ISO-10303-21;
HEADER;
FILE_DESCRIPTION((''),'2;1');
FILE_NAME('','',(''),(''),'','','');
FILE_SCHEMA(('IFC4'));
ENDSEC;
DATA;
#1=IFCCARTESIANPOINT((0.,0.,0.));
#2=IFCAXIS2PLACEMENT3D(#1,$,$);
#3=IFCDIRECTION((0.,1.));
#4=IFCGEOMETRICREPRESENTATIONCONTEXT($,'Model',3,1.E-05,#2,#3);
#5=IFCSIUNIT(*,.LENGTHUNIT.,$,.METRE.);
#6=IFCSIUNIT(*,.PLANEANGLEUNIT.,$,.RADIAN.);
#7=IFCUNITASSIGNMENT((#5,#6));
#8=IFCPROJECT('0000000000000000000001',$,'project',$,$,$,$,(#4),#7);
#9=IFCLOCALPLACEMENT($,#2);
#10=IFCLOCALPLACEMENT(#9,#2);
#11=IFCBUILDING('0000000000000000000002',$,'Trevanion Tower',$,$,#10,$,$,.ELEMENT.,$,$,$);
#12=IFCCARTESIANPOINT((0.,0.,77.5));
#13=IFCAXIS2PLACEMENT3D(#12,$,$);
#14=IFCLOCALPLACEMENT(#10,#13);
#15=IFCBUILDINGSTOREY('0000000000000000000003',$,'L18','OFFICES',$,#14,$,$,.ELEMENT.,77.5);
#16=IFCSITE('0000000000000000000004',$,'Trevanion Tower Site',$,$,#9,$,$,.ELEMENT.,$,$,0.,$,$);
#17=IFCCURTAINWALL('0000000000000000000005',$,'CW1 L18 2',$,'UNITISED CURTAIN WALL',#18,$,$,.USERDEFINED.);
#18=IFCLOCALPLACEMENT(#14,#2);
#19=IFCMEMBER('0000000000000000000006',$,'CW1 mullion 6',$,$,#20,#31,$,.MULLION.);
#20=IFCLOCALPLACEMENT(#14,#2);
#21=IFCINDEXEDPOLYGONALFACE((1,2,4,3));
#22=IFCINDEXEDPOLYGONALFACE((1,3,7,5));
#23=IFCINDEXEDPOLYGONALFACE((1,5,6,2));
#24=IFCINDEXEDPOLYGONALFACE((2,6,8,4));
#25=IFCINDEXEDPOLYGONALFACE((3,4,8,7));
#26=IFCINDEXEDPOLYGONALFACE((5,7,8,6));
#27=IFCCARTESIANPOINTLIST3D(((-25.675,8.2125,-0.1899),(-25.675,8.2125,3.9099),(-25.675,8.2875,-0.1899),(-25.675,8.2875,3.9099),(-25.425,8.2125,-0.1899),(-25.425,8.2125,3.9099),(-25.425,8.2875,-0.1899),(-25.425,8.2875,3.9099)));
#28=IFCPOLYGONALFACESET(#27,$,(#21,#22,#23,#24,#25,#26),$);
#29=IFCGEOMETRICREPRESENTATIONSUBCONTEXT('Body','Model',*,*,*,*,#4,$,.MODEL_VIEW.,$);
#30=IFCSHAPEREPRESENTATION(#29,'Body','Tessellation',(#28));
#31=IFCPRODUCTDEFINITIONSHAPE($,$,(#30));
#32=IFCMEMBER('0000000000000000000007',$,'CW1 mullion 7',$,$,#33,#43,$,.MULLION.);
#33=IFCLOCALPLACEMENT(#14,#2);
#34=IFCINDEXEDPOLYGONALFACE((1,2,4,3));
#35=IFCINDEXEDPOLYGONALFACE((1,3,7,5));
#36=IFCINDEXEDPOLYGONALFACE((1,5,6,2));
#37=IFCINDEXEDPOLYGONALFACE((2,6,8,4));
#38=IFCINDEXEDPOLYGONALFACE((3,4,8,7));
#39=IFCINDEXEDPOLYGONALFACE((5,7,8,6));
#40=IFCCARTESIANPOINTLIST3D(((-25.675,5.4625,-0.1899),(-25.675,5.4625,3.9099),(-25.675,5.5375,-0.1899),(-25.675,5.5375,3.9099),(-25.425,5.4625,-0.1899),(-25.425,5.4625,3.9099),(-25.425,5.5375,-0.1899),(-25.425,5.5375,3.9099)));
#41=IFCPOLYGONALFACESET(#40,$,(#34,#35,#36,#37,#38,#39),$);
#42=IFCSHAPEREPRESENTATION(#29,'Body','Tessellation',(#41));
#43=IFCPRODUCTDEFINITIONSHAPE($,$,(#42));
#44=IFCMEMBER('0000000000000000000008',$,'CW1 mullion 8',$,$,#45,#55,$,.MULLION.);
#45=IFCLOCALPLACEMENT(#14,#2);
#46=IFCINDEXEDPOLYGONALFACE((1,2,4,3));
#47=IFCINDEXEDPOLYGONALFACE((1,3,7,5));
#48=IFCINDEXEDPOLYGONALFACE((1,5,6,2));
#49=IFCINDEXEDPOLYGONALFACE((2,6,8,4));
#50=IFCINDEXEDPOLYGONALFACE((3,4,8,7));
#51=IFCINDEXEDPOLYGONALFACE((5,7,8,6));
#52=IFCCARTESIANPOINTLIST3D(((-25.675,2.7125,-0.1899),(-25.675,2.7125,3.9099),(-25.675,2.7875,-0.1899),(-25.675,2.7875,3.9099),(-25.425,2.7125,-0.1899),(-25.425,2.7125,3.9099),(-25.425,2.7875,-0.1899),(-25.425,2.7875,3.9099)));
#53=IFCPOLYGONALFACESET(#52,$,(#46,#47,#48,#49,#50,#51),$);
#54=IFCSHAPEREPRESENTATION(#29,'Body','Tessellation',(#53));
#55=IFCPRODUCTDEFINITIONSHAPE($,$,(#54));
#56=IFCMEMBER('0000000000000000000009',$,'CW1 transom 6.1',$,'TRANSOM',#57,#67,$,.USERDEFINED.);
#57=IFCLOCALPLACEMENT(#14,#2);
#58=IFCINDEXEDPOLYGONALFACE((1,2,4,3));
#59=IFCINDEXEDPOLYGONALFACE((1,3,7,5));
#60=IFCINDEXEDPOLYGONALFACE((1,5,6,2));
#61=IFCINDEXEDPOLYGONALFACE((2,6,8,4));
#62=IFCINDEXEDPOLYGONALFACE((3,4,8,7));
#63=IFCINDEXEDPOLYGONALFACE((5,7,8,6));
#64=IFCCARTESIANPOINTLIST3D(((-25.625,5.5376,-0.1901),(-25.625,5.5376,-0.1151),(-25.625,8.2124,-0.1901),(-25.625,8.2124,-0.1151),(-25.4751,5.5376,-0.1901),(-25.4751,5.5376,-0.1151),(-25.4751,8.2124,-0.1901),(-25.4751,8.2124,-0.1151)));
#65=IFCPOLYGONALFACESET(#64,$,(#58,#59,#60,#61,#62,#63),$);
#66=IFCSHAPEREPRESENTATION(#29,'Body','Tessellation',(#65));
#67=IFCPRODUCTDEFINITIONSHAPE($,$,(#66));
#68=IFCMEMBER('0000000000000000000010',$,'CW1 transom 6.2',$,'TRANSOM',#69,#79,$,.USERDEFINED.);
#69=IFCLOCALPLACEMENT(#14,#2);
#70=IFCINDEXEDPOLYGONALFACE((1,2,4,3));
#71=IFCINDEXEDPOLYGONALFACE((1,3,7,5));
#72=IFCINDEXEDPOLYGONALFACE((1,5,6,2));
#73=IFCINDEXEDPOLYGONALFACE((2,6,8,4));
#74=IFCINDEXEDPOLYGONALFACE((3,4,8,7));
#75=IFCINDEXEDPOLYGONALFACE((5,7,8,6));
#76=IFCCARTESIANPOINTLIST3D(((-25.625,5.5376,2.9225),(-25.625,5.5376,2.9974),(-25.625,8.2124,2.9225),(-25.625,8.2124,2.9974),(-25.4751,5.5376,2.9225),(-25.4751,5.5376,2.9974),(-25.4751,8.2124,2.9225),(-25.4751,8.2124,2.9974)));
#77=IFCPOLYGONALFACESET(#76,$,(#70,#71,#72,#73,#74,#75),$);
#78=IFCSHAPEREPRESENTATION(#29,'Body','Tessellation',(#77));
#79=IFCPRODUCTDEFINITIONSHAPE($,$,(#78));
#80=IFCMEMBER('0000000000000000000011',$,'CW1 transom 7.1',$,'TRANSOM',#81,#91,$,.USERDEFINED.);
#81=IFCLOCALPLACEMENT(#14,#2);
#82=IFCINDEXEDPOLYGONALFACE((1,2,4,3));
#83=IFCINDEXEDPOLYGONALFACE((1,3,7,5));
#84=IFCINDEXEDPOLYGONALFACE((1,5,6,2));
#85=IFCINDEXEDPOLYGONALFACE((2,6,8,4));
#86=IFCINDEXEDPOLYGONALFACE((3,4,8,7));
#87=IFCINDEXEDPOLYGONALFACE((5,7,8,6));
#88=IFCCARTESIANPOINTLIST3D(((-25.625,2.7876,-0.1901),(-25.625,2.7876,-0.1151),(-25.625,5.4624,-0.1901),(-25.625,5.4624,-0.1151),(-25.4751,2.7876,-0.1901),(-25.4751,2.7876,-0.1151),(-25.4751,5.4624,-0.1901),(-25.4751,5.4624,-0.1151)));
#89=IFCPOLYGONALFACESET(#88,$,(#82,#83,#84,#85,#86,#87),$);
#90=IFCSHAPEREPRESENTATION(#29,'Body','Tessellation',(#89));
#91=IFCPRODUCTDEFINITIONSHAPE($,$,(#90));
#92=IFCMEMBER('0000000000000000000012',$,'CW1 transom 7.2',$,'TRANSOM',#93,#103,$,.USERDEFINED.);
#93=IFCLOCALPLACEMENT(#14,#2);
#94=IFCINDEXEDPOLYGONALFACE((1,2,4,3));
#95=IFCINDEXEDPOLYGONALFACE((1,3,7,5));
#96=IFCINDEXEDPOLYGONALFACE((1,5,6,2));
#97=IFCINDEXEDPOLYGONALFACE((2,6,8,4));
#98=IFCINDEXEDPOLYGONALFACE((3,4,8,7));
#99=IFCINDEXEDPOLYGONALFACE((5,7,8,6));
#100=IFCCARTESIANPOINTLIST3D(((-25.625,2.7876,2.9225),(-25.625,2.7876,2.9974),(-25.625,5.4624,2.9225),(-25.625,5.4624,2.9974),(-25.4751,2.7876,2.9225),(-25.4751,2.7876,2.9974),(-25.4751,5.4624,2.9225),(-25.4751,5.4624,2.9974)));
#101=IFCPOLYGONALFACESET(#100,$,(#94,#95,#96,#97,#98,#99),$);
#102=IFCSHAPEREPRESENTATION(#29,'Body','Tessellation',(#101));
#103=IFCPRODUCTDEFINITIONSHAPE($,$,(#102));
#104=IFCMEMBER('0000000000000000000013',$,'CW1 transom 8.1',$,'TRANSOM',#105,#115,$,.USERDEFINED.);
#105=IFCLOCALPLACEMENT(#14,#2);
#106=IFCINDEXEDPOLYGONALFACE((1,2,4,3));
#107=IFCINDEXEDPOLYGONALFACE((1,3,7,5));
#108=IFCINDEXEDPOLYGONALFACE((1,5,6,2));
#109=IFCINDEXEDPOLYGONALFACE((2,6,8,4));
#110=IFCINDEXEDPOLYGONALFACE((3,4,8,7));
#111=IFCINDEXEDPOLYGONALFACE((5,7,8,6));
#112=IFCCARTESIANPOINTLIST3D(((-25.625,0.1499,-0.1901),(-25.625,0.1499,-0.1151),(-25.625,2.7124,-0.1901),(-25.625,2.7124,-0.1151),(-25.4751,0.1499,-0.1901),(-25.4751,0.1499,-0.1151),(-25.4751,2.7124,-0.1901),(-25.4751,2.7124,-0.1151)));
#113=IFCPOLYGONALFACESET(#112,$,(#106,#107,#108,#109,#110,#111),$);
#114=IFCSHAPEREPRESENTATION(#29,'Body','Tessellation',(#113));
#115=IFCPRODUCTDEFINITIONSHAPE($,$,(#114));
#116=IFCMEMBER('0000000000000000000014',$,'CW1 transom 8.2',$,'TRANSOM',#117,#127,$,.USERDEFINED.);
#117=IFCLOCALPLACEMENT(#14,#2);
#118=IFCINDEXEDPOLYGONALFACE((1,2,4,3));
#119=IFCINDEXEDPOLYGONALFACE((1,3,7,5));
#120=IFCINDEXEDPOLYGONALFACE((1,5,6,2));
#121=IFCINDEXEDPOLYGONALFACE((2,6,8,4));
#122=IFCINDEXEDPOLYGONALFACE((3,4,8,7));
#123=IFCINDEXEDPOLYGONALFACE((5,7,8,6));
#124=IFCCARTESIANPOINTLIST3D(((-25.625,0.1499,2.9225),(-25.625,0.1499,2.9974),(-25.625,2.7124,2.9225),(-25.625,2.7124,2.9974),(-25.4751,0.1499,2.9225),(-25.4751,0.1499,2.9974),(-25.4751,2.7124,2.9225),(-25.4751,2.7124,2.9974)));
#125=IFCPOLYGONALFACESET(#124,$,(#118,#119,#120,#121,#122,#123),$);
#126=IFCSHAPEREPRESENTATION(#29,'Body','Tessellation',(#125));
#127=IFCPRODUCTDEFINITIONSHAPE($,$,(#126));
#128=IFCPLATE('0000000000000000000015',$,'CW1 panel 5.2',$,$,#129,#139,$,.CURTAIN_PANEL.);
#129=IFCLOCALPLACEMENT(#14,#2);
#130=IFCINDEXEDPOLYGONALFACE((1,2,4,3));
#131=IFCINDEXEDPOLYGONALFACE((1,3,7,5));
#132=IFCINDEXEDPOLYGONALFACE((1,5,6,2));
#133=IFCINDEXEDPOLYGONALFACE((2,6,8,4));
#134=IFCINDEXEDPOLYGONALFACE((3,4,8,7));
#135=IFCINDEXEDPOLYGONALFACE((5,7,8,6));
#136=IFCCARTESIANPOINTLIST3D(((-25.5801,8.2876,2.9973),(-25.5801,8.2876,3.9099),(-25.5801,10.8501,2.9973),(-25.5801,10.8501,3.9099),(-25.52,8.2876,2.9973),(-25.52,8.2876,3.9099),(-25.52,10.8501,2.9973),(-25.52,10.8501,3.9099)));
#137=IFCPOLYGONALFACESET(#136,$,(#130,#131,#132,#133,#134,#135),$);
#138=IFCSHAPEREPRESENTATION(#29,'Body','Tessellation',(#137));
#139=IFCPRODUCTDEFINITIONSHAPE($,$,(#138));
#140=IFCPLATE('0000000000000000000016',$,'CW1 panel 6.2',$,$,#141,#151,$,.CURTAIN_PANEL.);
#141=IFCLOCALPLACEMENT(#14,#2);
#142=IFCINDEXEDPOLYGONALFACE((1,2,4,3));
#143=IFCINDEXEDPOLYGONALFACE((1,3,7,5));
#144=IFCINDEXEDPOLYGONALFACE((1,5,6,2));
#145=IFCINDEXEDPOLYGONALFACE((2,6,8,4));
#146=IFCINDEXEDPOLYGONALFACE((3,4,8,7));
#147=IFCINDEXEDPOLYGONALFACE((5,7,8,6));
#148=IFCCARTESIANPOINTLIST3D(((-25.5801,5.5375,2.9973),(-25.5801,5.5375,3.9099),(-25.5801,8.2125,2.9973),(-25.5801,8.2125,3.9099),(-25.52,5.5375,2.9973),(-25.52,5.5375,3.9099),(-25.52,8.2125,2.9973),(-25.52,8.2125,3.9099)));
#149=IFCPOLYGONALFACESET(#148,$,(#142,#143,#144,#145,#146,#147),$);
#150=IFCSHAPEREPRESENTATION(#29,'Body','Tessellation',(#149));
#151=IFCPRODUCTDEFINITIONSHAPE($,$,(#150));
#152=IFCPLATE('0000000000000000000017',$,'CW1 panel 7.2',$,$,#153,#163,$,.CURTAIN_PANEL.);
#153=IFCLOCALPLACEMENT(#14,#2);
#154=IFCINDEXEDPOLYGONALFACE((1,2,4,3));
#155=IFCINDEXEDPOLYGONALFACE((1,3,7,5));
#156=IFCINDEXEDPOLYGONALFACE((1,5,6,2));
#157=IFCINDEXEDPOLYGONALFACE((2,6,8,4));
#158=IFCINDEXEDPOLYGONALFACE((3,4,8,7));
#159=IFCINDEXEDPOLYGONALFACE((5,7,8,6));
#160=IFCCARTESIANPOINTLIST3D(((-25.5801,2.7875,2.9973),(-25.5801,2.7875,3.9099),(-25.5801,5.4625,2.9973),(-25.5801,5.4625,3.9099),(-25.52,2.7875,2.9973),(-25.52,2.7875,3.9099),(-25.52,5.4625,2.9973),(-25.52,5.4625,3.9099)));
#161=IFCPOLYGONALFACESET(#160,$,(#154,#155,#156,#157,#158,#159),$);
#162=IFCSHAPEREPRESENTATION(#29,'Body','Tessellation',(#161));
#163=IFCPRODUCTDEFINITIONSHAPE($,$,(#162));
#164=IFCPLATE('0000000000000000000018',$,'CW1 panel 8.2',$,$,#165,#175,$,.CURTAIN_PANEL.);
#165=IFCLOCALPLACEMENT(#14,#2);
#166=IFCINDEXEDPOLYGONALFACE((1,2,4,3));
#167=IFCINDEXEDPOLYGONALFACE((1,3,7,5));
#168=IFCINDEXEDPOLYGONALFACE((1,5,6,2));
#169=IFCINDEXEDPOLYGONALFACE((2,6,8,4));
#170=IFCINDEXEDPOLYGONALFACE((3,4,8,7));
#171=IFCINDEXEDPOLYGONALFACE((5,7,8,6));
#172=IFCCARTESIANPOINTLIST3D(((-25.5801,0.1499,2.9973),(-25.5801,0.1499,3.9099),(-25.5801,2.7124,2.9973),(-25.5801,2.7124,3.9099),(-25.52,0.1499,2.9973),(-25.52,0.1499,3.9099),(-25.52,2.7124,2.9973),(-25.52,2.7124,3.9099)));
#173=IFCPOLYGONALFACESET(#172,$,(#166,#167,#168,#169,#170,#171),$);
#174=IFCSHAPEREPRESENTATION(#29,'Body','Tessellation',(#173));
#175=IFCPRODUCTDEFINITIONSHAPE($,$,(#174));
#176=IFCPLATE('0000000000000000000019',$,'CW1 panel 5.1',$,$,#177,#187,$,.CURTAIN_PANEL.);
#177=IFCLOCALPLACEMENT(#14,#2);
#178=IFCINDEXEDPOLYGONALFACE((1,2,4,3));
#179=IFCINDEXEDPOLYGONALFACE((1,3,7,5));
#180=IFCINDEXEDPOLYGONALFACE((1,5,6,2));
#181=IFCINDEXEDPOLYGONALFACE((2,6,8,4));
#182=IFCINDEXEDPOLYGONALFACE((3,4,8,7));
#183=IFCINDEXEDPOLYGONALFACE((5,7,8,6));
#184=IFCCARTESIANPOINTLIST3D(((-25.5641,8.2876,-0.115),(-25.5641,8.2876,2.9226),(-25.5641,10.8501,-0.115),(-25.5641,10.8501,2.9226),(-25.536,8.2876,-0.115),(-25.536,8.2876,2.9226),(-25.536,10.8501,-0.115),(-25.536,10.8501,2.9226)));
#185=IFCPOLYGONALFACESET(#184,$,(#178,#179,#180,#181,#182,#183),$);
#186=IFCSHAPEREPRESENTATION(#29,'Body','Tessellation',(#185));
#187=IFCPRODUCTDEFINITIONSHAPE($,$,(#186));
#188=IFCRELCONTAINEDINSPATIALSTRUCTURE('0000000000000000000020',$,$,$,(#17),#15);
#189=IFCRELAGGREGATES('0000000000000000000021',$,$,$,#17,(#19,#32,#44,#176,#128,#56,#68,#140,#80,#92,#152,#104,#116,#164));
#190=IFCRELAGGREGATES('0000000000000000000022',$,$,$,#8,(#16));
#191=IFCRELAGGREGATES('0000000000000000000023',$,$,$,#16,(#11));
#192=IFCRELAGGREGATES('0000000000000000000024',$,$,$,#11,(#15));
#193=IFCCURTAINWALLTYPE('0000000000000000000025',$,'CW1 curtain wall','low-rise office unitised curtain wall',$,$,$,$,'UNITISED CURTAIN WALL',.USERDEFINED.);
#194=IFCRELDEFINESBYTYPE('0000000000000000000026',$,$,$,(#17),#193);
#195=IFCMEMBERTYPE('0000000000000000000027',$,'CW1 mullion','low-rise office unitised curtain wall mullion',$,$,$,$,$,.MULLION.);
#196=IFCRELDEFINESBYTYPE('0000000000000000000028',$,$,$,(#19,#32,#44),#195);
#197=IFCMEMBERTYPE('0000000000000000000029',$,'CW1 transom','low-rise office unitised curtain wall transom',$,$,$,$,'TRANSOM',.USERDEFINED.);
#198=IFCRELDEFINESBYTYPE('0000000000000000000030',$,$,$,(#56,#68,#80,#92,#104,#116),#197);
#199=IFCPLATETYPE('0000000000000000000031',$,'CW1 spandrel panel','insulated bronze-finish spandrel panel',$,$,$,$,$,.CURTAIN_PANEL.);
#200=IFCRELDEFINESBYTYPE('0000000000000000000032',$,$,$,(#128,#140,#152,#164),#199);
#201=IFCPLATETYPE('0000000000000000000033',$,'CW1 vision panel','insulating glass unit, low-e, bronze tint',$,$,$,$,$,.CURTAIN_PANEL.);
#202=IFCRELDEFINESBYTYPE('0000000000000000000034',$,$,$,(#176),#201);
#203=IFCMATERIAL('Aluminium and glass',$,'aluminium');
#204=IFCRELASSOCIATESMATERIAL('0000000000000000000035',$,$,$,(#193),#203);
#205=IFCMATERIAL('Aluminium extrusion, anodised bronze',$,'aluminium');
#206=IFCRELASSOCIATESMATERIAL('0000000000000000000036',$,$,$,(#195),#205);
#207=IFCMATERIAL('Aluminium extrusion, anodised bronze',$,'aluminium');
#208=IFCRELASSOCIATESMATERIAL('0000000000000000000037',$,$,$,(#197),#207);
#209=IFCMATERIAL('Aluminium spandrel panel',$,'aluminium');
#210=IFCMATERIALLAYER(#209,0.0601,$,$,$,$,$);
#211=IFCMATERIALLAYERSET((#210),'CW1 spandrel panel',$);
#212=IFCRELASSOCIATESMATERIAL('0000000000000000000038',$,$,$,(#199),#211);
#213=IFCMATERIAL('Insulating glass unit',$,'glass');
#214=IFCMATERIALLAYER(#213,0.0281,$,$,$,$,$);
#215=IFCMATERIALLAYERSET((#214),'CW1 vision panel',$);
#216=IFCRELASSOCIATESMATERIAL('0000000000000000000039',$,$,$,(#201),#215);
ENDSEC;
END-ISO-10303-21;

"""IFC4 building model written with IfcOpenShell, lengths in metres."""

from ifc_helpers import new_model, si_unit, direction, frame, origin, origin_2d, place, context, subcontext, project, spatial, rectangle, extrude, material, layer, layer_set, material_profile, profile_set, type_object, element, aggregate, save


model = new_model("IFC4")

# Units and contexts
model_context = context("Model", 3, precision=1e-05, world=origin(), true_north=direction((0.0, 1.0)))
body_context = subcontext(model_context, "Body", "Model", "MODEL_VIEW")
ifc_project = project(units=[si_unit("LENGTHUNIT", "METRE"), si_unit("PLANEANGLEUNIT", "RADIAN")], contexts=[model_context])

# Site, building, storey
site_placement = place(None, origin())
site = spatial("IfcSite", under=ifc_project, at=site_placement, Name="Trevanion Tower Site", CompositionType="ELEMENT", RefElevation=0.0)
building_placement = place(site_placement, origin())
building = spatial("IfcBuilding", under=site, at=building_placement, Name="Trevanion Tower", CompositionType="ELEMENT")
storey_placement = place(building_placement, frame((0.0, 0.0, 77.5)))
storey = spatial("IfcBuildingStorey", under=building, at=storey_placement, Name="L18", Description="OFFICES", CompositionType="ELEMENT", Elevation=77.5)

# Curtain wall, members, plates
ifc_material_1 = material(Name="Aluminium and glass", Category="aluminium")
curtain_wall_type = type_object("IfcCurtainWallType", Name="CW1 curtain wall", Description="low-rise office unitised curtain wall", ElementType="UNITISED CURTAIN WALL", PredefinedType="USERDEFINED", material=ifc_material_1)
curtain_wall_placement = place(storey_placement, origin())
curtain_wall = element("IfcCurtainWall", 1, at=curtain_wall_placement, inside=storey, type_object=curtain_wall_type, Name="CW1 L18 2", ObjectType="UNITISED CURTAIN WALL", PredefinedType="USERDEFINED")
ifc_material_2 = material(Name="Aluminium extrusion, anodised bronze", Category="aluminium")
ifc_material_profile_1 = material_profile(ifc_material_2, rectangle(XDim=0.075, YDim=0.25, at=origin_2d()), Name="CW1 mullion")
ifc_profile_set_1 = profile_set([ifc_material_profile_1], Name="Aluminium extrusion, anodised bronze")
member_type_1 = type_object("IfcMemberType", Name="CW1 mullion", Description="low-rise office unitised curtain wall mullion", PredefinedType="MULLION", material=ifc_profile_set_1)
member_1_placement = place(storey_placement, frame((-25.55, 8.25, -0.1899), z_axis=(0.0, 0.0, 1.0), x_axis=(0.0, -1.0, 0.0)))
member_1 = element("IfcMember", 2, at=member_1_placement, type_object=member_type_1, Name="CW1 mullion 6", PredefinedType="MULLION", context=body_context, shape_type="SweptSolid", body=[
    extrude(rectangle(XDim=0.075, YDim=0.25, at=origin_2d()), origin(), (0.0, 0.0, 1.0), 4.0999),
])
member_2_placement = place(storey_placement, frame((-25.55, 5.5, -0.1899), z_axis=(0.0, 0.0, 1.0), x_axis=(0.0, -1.0, 0.0)))
member_2 = element("IfcMember", 3, at=member_2_placement, type_object=member_type_1, Name="CW1 mullion 7", PredefinedType="MULLION", context=body_context, shape_type="SweptSolid", body=[
    extrude(rectangle(XDim=0.075, YDim=0.25, at=origin_2d()), origin(), (0.0, 0.0, 1.0), 4.0999),
])
member_3_placement = place(storey_placement, frame((-25.55, 2.75, -0.1899), z_axis=(0.0, 0.0, 1.0), x_axis=(0.0, -1.0, 0.0)))
member_3 = element("IfcMember", 4, at=member_3_placement, type_object=member_type_1, Name="CW1 mullion 8", PredefinedType="MULLION", context=body_context, shape_type="SweptSolid", body=[
    extrude(rectangle(XDim=0.075, YDim=0.25, at=origin_2d()), origin(), (0.0, 0.0, 1.0), 4.0999),
])
ifc_material_3 = material(Name="Aluminium extrusion, anodised bronze", Category="aluminium")
ifc_material_profile_2 = material_profile(ifc_material_3, rectangle(XDim=0.1499, YDim=0.075, at=origin_2d()), Name="CW1 transom")
ifc_profile_set_2 = profile_set([ifc_material_profile_2], Name="Aluminium extrusion, anodised bronze")
member_type_2 = type_object("IfcMemberType", Name="CW1 transom", Description="low-rise office unitised curtain wall transom", ElementType="TRANSOM", PredefinedType="USERDEFINED", material=ifc_profile_set_2)
member_4_placement = place(storey_placement, frame((-25.55, 8.2124, -0.1526), z_axis=(0.0, -1.0, 0.0), x_axis=(1.0, 0.0, 0.0)))
member_4 = element("IfcMember", 5, at=member_4_placement, type_object=member_type_2, Name="CW1 transom 6.1", ObjectType="TRANSOM", PredefinedType="USERDEFINED", context=body_context, shape_type="SweptSolid", body=[
    extrude(rectangle(XDim=0.1499, YDim=0.075, at=origin_2d()), origin(), (0.0, 0.0, 1.0), 2.6748),
])
member_5_placement = place(storey_placement, frame((-25.55, 8.2124, 2.96), z_axis=(0.0, -1.0, 0.0), x_axis=(1.0, 0.0, 0.0)))
member_5 = element("IfcMember", 6, at=member_5_placement, type_object=member_type_2, Name="CW1 transom 6.2", ObjectType="TRANSOM", PredefinedType="USERDEFINED", context=body_context, shape_type="SweptSolid", body=[
    extrude(rectangle(XDim=0.1499, YDim=0.075, at=origin_2d()), origin(), (0.0, 0.0, 1.0), 2.6748),
])
member_6_placement = place(storey_placement, frame((-25.55, 5.4624, -0.1526), z_axis=(0.0, -1.0, 0.0), x_axis=(1.0, 0.0, 0.0)))
member_6 = element("IfcMember", 7, at=member_6_placement, type_object=member_type_2, Name="CW1 transom 7.1", ObjectType="TRANSOM", PredefinedType="USERDEFINED", context=body_context, shape_type="SweptSolid", body=[
    extrude(rectangle(XDim=0.1499, YDim=0.075, at=origin_2d()), origin(), (0.0, 0.0, 1.0), 2.6748),
])
member_7_placement = place(storey_placement, frame((-25.55, 5.4624, 2.96), z_axis=(0.0, -1.0, 0.0), x_axis=(1.0, 0.0, 0.0)))
member_7 = element("IfcMember", 8, at=member_7_placement, type_object=member_type_2, Name="CW1 transom 7.2", ObjectType="TRANSOM", PredefinedType="USERDEFINED", context=body_context, shape_type="SweptSolid", body=[
    extrude(rectangle(XDim=0.1499, YDim=0.075, at=origin_2d()), origin(), (0.0, 0.0, 1.0), 2.6748),
])
member_8_placement = place(storey_placement, frame((-25.55, 2.7124, -0.1526), z_axis=(0.0, -1.0, 0.0), x_axis=(1.0, 0.0, 0.0)))
member_8 = element("IfcMember", 9, at=member_8_placement, type_object=member_type_2, Name="CW1 transom 8.1", ObjectType="TRANSOM", PredefinedType="USERDEFINED", context=body_context, shape_type="SweptSolid", body=[
    extrude(rectangle(XDim=0.1499, YDim=0.075, at=origin_2d()), origin(), (0.0, 0.0, 1.0), 2.5625),
])
member_9_placement = place(storey_placement, frame((-25.55, 2.7124, 2.96), z_axis=(0.0, -1.0, 0.0), x_axis=(1.0, 0.0, 0.0)))
member_9 = element("IfcMember", 10, at=member_9_placement, type_object=member_type_2, Name="CW1 transom 8.2", ObjectType="TRANSOM", PredefinedType="USERDEFINED", context=body_context, shape_type="SweptSolid", body=[
    extrude(rectangle(XDim=0.1499, YDim=0.075, at=origin_2d()), origin(), (0.0, 0.0, 1.0), 2.5625),
])
ifc_material_4 = material(Name="Aluminium spandrel panel", Category="aluminium")
ifc_layer_1 = layer(ifc_material_4, 0.0601)
ifc_layer_set_1 = layer_set([ifc_layer_1], Name="CW1 spandrel panel")
plate_type_1 = type_object("IfcPlateType", Name="CW1 spandrel panel", Description="insulated bronze-finish spandrel panel", PredefinedType="CURTAIN_PANEL", material=ifc_layer_set_1)
plate_1_placement = place(storey_placement, frame((-25.55, 9.5688, 2.9973), z_axis=(0.0, 0.0, 1.0), x_axis=(0.0, -1.0, 0.0)))
plate_1 = element("IfcPlate", 11, at=plate_1_placement, type_object=plate_type_1, Name="CW1 panel 5.2", PredefinedType="CURTAIN_PANEL", context=body_context, shape_type="SweptSolid", body=[
    extrude(rectangle(XDim=2.5625, YDim=0.0601, at=origin_2d()), origin(), (0.0, 0.0, 1.0), 0.9126),
])
plate_2_placement = place(storey_placement, frame((-25.55, 6.875, 2.9973), z_axis=(0.0, 0.0, 1.0), x_axis=(0.0, -1.0, 0.0)))
plate_2 = element("IfcPlate", 12, at=plate_2_placement, type_object=plate_type_1, Name="CW1 panel 6.2", PredefinedType="CURTAIN_PANEL", context=body_context, shape_type="SweptSolid", body=[
    extrude(rectangle(XDim=2.675, YDim=0.0601, at=origin_2d()), origin(), (0.0, 0.0, 1.0), 0.9126),
])
plate_3_placement = place(storey_placement, frame((-25.55, 4.125, 2.9973), z_axis=(0.0, 0.0, 1.0), x_axis=(0.0, -1.0, 0.0)))
plate_3 = element("IfcPlate", 13, at=plate_3_placement, type_object=plate_type_1, Name="CW1 panel 7.2", PredefinedType="CURTAIN_PANEL", context=body_context, shape_type="SweptSolid", body=[
    extrude(rectangle(XDim=2.675, YDim=0.0601, at=origin_2d()), origin(), (0.0, 0.0, 1.0), 0.9126),
])
plate_4_placement = place(storey_placement, frame((-25.55, 1.4312, 2.9973), z_axis=(0.0, 0.0, 1.0), x_axis=(0.0, -1.0, 0.0)))
plate_4 = element("IfcPlate", 14, at=plate_4_placement, type_object=plate_type_1, Name="CW1 panel 8.2", PredefinedType="CURTAIN_PANEL", context=body_context, shape_type="SweptSolid", body=[
    extrude(rectangle(XDim=2.5625, YDim=0.0601, at=origin_2d()), origin(), (0.0, 0.0, 1.0), 0.9126),
])
ifc_material_5 = material(Name="Insulating glass unit", Category="glass")
ifc_layer_2 = layer(ifc_material_5, 0.0281)
ifc_layer_set_2 = layer_set([ifc_layer_2], Name="CW1 vision panel")
plate_type_2 = type_object("IfcPlateType", Name="CW1 vision panel", Description="insulating glass unit, low-e, bronze tint", PredefinedType="CURTAIN_PANEL", material=ifc_layer_set_2)
plate_5_placement = place(storey_placement, frame((-25.55, 9.5688, -0.115), z_axis=(0.0, 0.0, 1.0), x_axis=(0.0, -1.0, 0.0)))
plate_5 = element("IfcPlate", 15, at=plate_5_placement, type_object=plate_type_2, Name="CW1 panel 5.1", PredefinedType="CURTAIN_PANEL", context=body_context, shape_type="SweptSolid", body=[
    extrude(rectangle(XDim=2.5625, YDim=0.0281, at=origin_2d()), origin(), (0.0, 0.0, 1.0), 3.0376),
])
aggregate(curtain_wall, [member_1, member_2, member_3, plate_5, plate_1, member_4, member_5, plate_2, member_6, member_7, plate_3, member_8, member_9, plate_4])

save(model, "model.ifc")
